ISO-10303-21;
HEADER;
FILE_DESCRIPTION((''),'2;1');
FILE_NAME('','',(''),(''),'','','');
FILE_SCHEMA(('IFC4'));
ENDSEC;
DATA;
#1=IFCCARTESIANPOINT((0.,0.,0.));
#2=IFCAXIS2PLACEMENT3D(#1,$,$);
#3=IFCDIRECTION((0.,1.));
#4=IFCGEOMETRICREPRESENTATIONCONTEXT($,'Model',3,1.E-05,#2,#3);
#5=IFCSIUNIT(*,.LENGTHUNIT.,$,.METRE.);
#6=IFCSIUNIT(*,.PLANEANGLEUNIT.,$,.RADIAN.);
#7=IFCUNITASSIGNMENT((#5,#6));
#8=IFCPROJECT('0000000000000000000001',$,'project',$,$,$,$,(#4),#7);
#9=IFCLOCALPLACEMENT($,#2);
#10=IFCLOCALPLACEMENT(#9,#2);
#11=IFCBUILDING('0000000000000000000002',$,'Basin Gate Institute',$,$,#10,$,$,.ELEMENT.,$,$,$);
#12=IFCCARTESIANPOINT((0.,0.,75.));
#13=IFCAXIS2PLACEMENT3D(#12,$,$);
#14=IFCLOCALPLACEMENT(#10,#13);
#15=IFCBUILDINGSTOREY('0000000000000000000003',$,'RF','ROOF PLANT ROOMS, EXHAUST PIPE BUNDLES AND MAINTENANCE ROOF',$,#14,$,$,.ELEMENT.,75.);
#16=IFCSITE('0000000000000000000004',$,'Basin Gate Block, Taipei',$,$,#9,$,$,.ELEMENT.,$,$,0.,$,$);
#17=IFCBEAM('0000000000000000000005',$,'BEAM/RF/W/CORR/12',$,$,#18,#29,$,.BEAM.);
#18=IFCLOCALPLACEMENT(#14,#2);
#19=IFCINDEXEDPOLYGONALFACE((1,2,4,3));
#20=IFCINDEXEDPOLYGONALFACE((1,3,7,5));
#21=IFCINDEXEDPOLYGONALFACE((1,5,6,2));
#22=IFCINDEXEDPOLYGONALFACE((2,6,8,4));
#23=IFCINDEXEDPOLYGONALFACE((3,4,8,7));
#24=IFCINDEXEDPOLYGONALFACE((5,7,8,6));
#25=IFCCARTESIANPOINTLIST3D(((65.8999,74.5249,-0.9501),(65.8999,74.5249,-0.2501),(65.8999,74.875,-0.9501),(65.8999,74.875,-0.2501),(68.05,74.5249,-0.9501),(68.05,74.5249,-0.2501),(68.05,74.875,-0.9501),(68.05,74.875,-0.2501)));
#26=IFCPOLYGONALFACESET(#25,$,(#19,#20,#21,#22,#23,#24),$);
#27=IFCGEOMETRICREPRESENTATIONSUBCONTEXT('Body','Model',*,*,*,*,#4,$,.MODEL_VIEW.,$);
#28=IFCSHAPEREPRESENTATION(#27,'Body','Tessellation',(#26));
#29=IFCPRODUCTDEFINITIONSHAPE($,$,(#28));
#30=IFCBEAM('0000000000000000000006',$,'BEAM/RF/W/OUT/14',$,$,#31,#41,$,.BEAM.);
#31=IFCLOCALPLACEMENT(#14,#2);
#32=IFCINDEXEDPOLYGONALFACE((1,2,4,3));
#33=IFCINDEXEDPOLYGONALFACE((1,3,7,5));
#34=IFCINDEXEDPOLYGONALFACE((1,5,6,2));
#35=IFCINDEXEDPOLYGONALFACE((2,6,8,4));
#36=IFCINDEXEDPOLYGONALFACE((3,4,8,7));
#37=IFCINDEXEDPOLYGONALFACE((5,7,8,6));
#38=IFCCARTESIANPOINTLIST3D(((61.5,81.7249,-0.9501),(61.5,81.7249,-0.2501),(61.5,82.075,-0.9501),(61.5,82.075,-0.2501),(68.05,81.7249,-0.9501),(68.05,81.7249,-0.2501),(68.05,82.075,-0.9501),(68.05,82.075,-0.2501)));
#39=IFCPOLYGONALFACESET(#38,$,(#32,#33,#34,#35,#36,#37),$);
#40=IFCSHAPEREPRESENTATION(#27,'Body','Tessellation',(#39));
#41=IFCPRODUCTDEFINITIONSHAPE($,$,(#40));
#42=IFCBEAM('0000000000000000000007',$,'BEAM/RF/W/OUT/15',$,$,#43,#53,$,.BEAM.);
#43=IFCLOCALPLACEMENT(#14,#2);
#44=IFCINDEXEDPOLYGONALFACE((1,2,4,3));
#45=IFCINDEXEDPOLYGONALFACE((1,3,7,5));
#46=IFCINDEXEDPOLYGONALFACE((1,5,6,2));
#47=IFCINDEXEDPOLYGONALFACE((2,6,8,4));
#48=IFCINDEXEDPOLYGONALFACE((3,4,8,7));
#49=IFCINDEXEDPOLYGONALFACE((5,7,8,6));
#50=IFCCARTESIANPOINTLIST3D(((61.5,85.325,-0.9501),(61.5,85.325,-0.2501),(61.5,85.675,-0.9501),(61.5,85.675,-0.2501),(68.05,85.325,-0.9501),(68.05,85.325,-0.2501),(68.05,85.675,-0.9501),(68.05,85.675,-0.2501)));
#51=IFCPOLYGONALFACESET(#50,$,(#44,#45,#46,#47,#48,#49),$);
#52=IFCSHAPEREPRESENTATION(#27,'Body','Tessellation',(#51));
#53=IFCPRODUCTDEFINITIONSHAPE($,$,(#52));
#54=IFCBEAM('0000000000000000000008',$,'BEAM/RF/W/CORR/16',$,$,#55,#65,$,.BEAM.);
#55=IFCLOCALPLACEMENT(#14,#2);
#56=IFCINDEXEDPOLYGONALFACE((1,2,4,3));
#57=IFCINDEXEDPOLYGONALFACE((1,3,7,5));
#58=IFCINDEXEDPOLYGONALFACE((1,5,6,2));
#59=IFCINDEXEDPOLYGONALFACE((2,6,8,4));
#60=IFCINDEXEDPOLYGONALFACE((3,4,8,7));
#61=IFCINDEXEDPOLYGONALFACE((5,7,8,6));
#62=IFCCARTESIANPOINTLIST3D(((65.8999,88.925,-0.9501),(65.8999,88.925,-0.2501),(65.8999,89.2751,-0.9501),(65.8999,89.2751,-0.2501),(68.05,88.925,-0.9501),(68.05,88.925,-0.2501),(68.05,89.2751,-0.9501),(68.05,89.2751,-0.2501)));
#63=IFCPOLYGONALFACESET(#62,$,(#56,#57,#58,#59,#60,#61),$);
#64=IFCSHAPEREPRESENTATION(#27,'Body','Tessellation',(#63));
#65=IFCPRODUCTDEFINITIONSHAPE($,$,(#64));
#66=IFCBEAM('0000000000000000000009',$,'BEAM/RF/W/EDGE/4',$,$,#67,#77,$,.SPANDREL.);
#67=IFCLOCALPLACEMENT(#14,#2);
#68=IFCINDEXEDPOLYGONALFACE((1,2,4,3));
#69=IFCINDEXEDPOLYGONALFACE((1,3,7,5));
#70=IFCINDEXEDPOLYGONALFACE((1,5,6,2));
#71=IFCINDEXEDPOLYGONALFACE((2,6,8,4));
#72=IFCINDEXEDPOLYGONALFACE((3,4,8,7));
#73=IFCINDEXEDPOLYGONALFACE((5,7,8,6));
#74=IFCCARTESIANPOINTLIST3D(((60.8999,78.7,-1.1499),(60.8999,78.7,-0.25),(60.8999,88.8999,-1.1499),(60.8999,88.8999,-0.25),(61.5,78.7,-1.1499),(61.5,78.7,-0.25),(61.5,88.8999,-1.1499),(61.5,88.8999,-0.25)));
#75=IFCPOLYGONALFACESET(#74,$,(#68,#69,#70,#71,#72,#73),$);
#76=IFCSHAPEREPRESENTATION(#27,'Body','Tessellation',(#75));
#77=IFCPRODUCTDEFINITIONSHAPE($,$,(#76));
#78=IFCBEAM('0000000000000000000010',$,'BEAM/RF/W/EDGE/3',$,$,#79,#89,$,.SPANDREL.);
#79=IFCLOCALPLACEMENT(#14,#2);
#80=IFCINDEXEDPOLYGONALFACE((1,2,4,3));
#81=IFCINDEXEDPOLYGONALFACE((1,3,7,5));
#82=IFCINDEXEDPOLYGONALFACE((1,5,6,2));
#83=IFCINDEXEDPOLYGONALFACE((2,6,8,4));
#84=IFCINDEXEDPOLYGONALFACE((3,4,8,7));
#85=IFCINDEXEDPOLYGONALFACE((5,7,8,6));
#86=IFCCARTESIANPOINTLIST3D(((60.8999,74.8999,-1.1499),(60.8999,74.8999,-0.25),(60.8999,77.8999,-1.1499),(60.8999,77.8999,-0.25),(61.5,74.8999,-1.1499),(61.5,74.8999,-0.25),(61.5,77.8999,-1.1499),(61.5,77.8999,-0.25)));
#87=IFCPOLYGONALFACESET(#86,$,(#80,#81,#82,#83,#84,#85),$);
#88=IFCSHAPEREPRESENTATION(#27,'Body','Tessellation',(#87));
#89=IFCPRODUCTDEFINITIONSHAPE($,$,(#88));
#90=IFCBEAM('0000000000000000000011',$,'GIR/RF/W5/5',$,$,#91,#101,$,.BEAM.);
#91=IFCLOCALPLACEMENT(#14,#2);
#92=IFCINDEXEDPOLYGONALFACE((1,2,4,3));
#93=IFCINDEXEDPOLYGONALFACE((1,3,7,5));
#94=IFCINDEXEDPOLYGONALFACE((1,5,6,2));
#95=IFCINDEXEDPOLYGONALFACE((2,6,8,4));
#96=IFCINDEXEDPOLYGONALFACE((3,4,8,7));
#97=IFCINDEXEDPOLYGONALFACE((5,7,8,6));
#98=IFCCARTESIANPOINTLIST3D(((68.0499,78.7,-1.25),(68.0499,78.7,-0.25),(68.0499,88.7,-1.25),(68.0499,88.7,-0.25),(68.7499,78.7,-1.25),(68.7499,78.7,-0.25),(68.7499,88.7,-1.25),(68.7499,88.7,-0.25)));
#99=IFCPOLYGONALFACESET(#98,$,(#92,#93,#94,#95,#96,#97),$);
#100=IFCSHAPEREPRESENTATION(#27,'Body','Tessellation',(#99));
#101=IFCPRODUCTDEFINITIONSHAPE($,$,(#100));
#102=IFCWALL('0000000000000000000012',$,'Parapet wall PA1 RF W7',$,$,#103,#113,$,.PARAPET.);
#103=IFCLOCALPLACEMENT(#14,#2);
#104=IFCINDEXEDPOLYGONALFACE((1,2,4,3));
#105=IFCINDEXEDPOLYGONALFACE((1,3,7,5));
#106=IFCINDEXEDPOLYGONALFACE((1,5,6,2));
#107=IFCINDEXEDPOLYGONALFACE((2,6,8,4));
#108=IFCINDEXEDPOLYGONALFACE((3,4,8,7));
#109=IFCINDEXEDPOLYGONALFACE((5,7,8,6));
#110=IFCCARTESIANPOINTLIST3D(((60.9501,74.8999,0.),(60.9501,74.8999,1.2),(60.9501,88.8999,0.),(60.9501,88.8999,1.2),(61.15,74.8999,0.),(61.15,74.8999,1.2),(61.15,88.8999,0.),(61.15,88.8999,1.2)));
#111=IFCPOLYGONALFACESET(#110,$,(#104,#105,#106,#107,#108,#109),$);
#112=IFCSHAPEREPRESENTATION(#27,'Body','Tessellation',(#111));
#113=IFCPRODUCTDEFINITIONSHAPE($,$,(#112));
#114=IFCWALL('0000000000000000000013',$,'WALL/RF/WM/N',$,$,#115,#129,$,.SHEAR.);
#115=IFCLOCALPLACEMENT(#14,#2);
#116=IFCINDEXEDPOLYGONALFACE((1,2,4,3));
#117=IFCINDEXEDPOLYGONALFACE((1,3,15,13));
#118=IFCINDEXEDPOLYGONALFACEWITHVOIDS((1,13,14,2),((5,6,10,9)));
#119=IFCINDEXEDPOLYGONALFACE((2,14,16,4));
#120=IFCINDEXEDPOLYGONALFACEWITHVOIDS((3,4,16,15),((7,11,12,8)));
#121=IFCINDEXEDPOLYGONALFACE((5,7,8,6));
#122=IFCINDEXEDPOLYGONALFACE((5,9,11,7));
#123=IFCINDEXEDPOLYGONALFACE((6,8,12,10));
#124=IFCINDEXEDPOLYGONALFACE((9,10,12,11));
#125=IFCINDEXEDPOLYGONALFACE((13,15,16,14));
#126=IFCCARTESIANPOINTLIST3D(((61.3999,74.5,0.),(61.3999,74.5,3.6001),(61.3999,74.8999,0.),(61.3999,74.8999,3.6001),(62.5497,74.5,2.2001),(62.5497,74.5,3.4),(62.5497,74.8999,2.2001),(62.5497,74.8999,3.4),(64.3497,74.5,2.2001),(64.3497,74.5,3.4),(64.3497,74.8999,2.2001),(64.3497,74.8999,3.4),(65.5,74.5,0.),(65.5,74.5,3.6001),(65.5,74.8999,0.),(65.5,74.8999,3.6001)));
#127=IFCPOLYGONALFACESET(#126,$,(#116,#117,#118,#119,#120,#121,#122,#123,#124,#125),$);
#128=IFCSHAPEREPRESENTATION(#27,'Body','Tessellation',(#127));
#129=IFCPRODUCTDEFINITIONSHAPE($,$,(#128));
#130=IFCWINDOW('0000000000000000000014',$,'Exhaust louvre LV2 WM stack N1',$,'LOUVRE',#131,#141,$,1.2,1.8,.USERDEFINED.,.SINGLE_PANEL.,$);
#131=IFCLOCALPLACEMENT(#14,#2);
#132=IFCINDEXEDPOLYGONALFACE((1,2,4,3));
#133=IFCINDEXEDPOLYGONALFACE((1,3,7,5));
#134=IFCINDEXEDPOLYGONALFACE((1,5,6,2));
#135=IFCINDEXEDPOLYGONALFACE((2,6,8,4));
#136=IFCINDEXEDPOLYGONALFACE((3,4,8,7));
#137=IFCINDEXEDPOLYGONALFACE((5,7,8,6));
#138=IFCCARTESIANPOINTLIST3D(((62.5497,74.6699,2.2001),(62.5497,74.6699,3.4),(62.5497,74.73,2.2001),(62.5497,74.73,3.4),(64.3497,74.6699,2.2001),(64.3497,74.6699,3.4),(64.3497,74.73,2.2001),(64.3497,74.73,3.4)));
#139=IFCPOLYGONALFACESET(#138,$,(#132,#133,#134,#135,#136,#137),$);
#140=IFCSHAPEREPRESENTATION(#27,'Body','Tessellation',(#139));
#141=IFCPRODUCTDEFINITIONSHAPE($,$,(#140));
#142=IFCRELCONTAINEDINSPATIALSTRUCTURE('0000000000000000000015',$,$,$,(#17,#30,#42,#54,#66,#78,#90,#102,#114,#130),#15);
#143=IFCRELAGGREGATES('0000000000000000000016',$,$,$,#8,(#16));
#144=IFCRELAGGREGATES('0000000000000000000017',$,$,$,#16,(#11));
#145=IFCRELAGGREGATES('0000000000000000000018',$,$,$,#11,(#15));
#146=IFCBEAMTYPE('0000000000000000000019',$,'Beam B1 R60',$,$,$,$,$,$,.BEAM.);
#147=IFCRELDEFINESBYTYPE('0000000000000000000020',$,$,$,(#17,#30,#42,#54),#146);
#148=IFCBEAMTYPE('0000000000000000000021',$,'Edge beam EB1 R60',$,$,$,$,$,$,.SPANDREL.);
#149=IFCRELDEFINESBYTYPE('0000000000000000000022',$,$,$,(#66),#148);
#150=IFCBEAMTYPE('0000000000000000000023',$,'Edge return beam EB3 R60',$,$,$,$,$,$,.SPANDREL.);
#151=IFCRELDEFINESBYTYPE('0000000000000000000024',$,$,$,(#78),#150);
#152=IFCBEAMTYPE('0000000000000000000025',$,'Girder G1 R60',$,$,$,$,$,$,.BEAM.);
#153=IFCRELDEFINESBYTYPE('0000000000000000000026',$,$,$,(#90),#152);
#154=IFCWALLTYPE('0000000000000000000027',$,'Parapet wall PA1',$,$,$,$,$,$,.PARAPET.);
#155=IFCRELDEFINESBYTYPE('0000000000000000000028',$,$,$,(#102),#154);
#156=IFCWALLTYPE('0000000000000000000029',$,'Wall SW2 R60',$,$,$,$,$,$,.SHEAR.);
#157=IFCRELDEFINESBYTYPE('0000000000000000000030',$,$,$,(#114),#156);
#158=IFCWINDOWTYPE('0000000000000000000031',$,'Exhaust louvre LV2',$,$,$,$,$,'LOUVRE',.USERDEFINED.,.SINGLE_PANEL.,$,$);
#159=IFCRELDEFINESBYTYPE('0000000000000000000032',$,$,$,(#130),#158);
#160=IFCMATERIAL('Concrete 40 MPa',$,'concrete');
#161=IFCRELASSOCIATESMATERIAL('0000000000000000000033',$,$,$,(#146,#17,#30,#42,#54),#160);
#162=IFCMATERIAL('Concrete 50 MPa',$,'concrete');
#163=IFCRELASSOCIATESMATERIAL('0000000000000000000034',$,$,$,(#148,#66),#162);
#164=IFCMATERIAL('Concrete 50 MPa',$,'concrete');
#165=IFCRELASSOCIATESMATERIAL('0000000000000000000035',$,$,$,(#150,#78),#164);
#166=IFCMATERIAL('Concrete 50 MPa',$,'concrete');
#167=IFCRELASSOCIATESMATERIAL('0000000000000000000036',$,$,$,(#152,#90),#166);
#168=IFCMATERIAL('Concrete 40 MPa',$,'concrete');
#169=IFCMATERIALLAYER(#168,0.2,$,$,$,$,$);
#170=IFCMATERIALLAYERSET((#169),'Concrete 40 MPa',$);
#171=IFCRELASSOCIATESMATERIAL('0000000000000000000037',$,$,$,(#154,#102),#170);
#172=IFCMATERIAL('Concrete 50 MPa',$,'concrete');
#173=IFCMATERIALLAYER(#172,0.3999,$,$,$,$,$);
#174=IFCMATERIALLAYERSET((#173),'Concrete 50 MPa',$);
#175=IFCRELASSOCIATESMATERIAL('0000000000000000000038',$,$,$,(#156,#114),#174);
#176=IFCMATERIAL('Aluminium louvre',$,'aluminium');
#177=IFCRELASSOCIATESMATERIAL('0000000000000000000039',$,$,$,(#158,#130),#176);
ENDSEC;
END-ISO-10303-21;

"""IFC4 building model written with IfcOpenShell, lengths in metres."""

from ifc_helpers import new_model, si_unit, direction, frame, frame_2d, origin, origin_2d, place, context, subcontext, project, spatial, rectangle, extrude, material, layer, layer_set, material_profile, profile_set, type_object, element, fill, save


model = new_model("IFC4")

# Units and contexts
model_context = context("Model", 3, precision=1e-05, world=origin(), true_north=direction((0.0, 1.0)))
body_context = subcontext(model_context, "Body", "Model", "MODEL_VIEW")
ifc_project = project(units=[si_unit("LENGTHUNIT", "METRE"), si_unit("PLANEANGLEUNIT", "RADIAN")], contexts=[model_context])

# Site, building, storey
site_placement = place(None, origin())
site = spatial("IfcSite", under=ifc_project, at=site_placement, Name="Basin Gate Block, Taipei", CompositionType="ELEMENT", RefElevation=0.0)
building_placement = place(site_placement, origin())
building = spatial("IfcBuilding", under=site, at=building_placement, Name="Basin Gate Institute", CompositionType="ELEMENT")
storey_placement = place(building_placement, frame((0.0, 0.0, 75.0)))
storey = spatial("IfcBuildingStorey", under=building, at=storey_placement, Name="RF", Description="ROOF PLANT ROOMS, EXHAUST PIPE BUNDLES AND MAINTENANCE ROOF", CompositionType="ELEMENT", Elevation=75.0)

# Beams
ifc_material_1 = material(Name="Concrete 40 MPa", Category="concrete")
ifc_material_profile_1 = material_profile(ifc_material_1, rectangle(XDim=0.3501, YDim=0.7, at=origin_2d()), Name="Beam B1 350 x 700")
ifc_profile_set_1 = profile_set([ifc_material_profile_1], Name="Concrete 40 MPa")
beam_type_1 = type_object("IfcBeamType", Name="Beam B1 R60", PredefinedType="BEAM", material=ifc_profile_set_1)
beam_1_placement = place(storey_placement, frame((65.8999, 74.7, -0.6001), z_axis=(1.0, 0.0, 0.0), x_axis=(0.0, 1.0, 0.0)))
element("IfcBeam", 1, at=beam_1_placement, inside=storey, type_object=beam_type_1, material=ifc_profile_set_1, Name="BEAM/RF/W/CORR/12", PredefinedType="BEAM", context=body_context, shape_type="SweptSolid", body=[
    extrude(rectangle(XDim=0.3501, YDim=0.7, at=origin_2d()), origin(), (0.0, 0.0, 1.0), 2.1501),
])
for number, where, z_axis, x_axis, name in (
    (2, (61.5, 81.8999, -0.6001), (1.0, 0.0, 0.0), (0.0, 1.0, 0.0), "BEAM/RF/W/OUT/14"),
    (3, (61.5, 85.5, -0.6001), (1.0, 0.0, 0.0), (0.0, 1.0, 0.0), "BEAM/RF/W/OUT/15"),
):
    element("IfcBeam", number, at=place(storey_placement, frame(where, z_axis=z_axis, x_axis=x_axis)), inside=storey, type_object=beam_type_1, material=ifc_profile_set_1, Name=name, PredefinedType="BEAM", context=body_context, shape_type="SweptSolid", body=[
        extrude(rectangle(XDim=0.3501, YDim=0.7, at=origin_2d()), origin(), (0.0, 0.0, 1.0), 6.55),
    ])
beam_2_placement = place(storey_placement, frame((65.8999, 89.1001, -0.6001), z_axis=(1.0, 0.0, 0.0), x_axis=(0.0, 1.0, 0.0)))
element("IfcBeam", 4, at=beam_2_placement, inside=storey, type_object=beam_type_1, material=ifc_profile_set_1, Name="BEAM/RF/W/CORR/16", PredefinedType="BEAM", context=body_context, shape_type="SweptSolid", body=[
    extrude(rectangle(XDim=0.3501, YDim=0.7, at=origin_2d()), origin(), (0.0, 0.0, 1.0), 2.1501),
])
ifc_material_2 = material(Name="Concrete 50 MPa", Category="concrete")
ifc_material_profile_2 = material_profile(ifc_material_2, rectangle(XDim=0.6001, YDim=0.8999, at=origin_2d()), Name="Edge beam EB1 600 x 900")
ifc_profile_set_2 = profile_set([ifc_material_profile_2], Name="Concrete 50 MPa")
beam_type_2 = type_object("IfcBeamType", Name="Edge beam EB1 R60", PredefinedType="SPANDREL", material=ifc_profile_set_2)
beam_3_placement = place(storey_placement, frame((61.2, 78.7, -0.7), z_axis=(0.0, 1.0, 0.0), x_axis=(-1.0, 0.0, 0.0)))
element("IfcBeam", 5, at=beam_3_placement, inside=storey, type_object=beam_type_2, material=ifc_profile_set_2, Name="BEAM/RF/W/EDGE/4", PredefinedType="SPANDREL", context=body_context, shape_type="SweptSolid", body=[
    extrude(rectangle(XDim=0.6001, YDim=0.8999, at=origin_2d()), origin(), (0.0, 0.0, 1.0), 10.2),
])
ifc_material_3 = material(Name="Concrete 50 MPa", Category="concrete")
ifc_material_profile_3 = material_profile(ifc_material_3, rectangle(XDim=0.6001, YDim=0.8999, at=origin_2d()), Name="Edge return beam EB3 600 x 900")
ifc_profile_set_3 = profile_set([ifc_material_profile_3], Name="Concrete 50 MPa")
beam_type_3 = type_object("IfcBeamType", Name="Edge return beam EB3 R60", PredefinedType="SPANDREL", material=ifc_profile_set_3)
beam_4_placement = place(storey_placement, frame((61.2, 74.8999, -0.7), z_axis=(0.0, 1.0, 0.0), x_axis=(-1.0, 0.0, 0.0)))
element("IfcBeam", 6, at=beam_4_placement, inside=storey, type_object=beam_type_3, material=ifc_profile_set_3, Name="BEAM/RF/W/EDGE/3", PredefinedType="SPANDREL", context=body_context, shape_type="SweptSolid", body=[
    extrude(rectangle(XDim=0.6001, YDim=0.8999, at=origin_2d()), origin(), (0.0, 0.0, 1.0), 3.0),
])
ifc_material_4 = material(Name="Concrete 50 MPa", Category="concrete")
ifc_material_profile_4 = material_profile(ifc_material_4, rectangle(XDim=0.7, YDim=1.0, at=origin_2d()), Name="Girder G1 700 x 1000")
ifc_profile_set_4 = profile_set([ifc_material_profile_4], Name="Concrete 50 MPa")
beam_type_4 = type_object("IfcBeamType", Name="Girder G1 R60", PredefinedType="BEAM", material=ifc_profile_set_4)
beam_5_placement = place(storey_placement, frame((68.3999, 78.7, -0.75), z_axis=(0.0, 1.0, 0.0), x_axis=(-1.0, 0.0, 0.0)))
element("IfcBeam", 7, at=beam_5_placement, inside=storey, type_object=beam_type_4, material=ifc_profile_set_4, Name="GIR/RF/W5/5", PredefinedType="BEAM", context=body_context, shape_type="SweptSolid", body=[
    extrude(rectangle(XDim=0.7, YDim=1.0, at=origin_2d()), origin(), (0.0, 0.0, 1.0), 10.0),
])

# Wall
ifc_material_5 = material(Name="Concrete 40 MPa", Category="concrete")
ifc_layer_1 = layer(ifc_material_5, 0.2)
ifc_layer_set_1 = layer_set([ifc_layer_1], Name="Concrete 40 MPa")
wall_type_1 = type_object("IfcWallType", Name="Parapet wall PA1", PredefinedType="PARAPET", material=ifc_layer_set_1)
wall_1_placement = place(storey_placement, frame((61.05, 74.8999, 0.0), z_axis=(0.0, 0.0, 1.0), x_axis=(0.0, 1.0, 0.0)))
element("IfcWall", 8, at=wall_1_placement, inside=storey, type_object=wall_type_1, material=ifc_layer_set_1, Name="Parapet wall PA1 RF W7", PredefinedType="PARAPET", context=body_context, shape_type="SweptSolid", body=[
    extrude(rectangle(XDim=14.0, YDim=0.2, at=frame_2d((7.0, 0.0))), origin(), (0.0, 0.0, 1.0), 1.2),
])

# Wall, opening, window
ifc_material_6 = material(Name="Concrete 50 MPa", Category="concrete")
ifc_layer_2 = layer(ifc_material_6, 0.3999)
ifc_layer_set_2 = layer_set([ifc_layer_2], Name="Concrete 50 MPa")
wall_type_2 = type_object("IfcWallType", Name="Wall SW2 R60", PredefinedType="SHEAR", material=ifc_layer_set_2)
wall_2_placement = place(storey_placement, frame((61.3999, 74.7, 0.0), z_axis=(0.0, 0.0, 1.0), x_axis=(1.0, 0.0, 0.0)))
wall_2 = element("IfcWall", 9, at=wall_2_placement, inside=storey, type_object=wall_type_2, material=ifc_layer_set_2, Name="WALL/RF/WM/N", PredefinedType="SHEAR", context=body_context, shape_type="SweptSolid", body=[
    extrude(rectangle(XDim=4.1001, YDim=0.3999, at=frame_2d((2.05, 0.0))), origin(), (0.0, 0.0, 1.0), 3.6001),
])
opening_1_placement = place(wall_2_placement, frame((1.1499, 0.0, 2.2)))
opening_1 = element("IfcOpeningElement", 10, at=opening_1_placement, cuts=wall_2, PredefinedType="OPENING", context=body_context, shape_type="SweptSolid", body=[
    extrude(rectangle(XDim=1.8, YDim=1.2, at=frame_2d((0.8999, 0.6001))), frame((0.0, 0.21, 0.0), z_axis=(0.0, -1.0, 0.0), x_axis=(1.0, 0.0, 0.0)), (0.0, 0.0, 1.0), 0.4199),
])
ifc_material_7 = material(Name="Aluminium louvre", Category="aluminium")
window_type_1 = type_object("IfcWindowType", Name="Exhaust louvre LV2", ElementType="LOUVRE", PartitioningType="SINGLE_PANEL", PredefinedType="USERDEFINED", material=ifc_material_7)
window_1_placement = place(opening_1_placement, origin())
window_1 = element("IfcWindow", 11, at=window_1_placement, inside=storey, type_object=window_type_1, material=ifc_material_7, Name="Exhaust louvre LV2 WM stack N1", ObjectType="LOUVRE", OverallHeight=1.2, OverallWidth=1.8, PartitioningType="SINGLE_PANEL", PredefinedType="USERDEFINED", context=body_context, shape_type="SweptSolid", body=[
    extrude(rectangle(XDim=1.8, YDim=1.2, at=frame_2d((0.8999, 0.6001))), frame((0.0, 0.03, 0.0), z_axis=(0.0, -1.0, 0.0), x_axis=(1.0, 0.0, 0.0)), (0.0, 0.0, 1.0), 0.0601),
])
fill(opening_1, window_1)

save(model, "model.ifc")
